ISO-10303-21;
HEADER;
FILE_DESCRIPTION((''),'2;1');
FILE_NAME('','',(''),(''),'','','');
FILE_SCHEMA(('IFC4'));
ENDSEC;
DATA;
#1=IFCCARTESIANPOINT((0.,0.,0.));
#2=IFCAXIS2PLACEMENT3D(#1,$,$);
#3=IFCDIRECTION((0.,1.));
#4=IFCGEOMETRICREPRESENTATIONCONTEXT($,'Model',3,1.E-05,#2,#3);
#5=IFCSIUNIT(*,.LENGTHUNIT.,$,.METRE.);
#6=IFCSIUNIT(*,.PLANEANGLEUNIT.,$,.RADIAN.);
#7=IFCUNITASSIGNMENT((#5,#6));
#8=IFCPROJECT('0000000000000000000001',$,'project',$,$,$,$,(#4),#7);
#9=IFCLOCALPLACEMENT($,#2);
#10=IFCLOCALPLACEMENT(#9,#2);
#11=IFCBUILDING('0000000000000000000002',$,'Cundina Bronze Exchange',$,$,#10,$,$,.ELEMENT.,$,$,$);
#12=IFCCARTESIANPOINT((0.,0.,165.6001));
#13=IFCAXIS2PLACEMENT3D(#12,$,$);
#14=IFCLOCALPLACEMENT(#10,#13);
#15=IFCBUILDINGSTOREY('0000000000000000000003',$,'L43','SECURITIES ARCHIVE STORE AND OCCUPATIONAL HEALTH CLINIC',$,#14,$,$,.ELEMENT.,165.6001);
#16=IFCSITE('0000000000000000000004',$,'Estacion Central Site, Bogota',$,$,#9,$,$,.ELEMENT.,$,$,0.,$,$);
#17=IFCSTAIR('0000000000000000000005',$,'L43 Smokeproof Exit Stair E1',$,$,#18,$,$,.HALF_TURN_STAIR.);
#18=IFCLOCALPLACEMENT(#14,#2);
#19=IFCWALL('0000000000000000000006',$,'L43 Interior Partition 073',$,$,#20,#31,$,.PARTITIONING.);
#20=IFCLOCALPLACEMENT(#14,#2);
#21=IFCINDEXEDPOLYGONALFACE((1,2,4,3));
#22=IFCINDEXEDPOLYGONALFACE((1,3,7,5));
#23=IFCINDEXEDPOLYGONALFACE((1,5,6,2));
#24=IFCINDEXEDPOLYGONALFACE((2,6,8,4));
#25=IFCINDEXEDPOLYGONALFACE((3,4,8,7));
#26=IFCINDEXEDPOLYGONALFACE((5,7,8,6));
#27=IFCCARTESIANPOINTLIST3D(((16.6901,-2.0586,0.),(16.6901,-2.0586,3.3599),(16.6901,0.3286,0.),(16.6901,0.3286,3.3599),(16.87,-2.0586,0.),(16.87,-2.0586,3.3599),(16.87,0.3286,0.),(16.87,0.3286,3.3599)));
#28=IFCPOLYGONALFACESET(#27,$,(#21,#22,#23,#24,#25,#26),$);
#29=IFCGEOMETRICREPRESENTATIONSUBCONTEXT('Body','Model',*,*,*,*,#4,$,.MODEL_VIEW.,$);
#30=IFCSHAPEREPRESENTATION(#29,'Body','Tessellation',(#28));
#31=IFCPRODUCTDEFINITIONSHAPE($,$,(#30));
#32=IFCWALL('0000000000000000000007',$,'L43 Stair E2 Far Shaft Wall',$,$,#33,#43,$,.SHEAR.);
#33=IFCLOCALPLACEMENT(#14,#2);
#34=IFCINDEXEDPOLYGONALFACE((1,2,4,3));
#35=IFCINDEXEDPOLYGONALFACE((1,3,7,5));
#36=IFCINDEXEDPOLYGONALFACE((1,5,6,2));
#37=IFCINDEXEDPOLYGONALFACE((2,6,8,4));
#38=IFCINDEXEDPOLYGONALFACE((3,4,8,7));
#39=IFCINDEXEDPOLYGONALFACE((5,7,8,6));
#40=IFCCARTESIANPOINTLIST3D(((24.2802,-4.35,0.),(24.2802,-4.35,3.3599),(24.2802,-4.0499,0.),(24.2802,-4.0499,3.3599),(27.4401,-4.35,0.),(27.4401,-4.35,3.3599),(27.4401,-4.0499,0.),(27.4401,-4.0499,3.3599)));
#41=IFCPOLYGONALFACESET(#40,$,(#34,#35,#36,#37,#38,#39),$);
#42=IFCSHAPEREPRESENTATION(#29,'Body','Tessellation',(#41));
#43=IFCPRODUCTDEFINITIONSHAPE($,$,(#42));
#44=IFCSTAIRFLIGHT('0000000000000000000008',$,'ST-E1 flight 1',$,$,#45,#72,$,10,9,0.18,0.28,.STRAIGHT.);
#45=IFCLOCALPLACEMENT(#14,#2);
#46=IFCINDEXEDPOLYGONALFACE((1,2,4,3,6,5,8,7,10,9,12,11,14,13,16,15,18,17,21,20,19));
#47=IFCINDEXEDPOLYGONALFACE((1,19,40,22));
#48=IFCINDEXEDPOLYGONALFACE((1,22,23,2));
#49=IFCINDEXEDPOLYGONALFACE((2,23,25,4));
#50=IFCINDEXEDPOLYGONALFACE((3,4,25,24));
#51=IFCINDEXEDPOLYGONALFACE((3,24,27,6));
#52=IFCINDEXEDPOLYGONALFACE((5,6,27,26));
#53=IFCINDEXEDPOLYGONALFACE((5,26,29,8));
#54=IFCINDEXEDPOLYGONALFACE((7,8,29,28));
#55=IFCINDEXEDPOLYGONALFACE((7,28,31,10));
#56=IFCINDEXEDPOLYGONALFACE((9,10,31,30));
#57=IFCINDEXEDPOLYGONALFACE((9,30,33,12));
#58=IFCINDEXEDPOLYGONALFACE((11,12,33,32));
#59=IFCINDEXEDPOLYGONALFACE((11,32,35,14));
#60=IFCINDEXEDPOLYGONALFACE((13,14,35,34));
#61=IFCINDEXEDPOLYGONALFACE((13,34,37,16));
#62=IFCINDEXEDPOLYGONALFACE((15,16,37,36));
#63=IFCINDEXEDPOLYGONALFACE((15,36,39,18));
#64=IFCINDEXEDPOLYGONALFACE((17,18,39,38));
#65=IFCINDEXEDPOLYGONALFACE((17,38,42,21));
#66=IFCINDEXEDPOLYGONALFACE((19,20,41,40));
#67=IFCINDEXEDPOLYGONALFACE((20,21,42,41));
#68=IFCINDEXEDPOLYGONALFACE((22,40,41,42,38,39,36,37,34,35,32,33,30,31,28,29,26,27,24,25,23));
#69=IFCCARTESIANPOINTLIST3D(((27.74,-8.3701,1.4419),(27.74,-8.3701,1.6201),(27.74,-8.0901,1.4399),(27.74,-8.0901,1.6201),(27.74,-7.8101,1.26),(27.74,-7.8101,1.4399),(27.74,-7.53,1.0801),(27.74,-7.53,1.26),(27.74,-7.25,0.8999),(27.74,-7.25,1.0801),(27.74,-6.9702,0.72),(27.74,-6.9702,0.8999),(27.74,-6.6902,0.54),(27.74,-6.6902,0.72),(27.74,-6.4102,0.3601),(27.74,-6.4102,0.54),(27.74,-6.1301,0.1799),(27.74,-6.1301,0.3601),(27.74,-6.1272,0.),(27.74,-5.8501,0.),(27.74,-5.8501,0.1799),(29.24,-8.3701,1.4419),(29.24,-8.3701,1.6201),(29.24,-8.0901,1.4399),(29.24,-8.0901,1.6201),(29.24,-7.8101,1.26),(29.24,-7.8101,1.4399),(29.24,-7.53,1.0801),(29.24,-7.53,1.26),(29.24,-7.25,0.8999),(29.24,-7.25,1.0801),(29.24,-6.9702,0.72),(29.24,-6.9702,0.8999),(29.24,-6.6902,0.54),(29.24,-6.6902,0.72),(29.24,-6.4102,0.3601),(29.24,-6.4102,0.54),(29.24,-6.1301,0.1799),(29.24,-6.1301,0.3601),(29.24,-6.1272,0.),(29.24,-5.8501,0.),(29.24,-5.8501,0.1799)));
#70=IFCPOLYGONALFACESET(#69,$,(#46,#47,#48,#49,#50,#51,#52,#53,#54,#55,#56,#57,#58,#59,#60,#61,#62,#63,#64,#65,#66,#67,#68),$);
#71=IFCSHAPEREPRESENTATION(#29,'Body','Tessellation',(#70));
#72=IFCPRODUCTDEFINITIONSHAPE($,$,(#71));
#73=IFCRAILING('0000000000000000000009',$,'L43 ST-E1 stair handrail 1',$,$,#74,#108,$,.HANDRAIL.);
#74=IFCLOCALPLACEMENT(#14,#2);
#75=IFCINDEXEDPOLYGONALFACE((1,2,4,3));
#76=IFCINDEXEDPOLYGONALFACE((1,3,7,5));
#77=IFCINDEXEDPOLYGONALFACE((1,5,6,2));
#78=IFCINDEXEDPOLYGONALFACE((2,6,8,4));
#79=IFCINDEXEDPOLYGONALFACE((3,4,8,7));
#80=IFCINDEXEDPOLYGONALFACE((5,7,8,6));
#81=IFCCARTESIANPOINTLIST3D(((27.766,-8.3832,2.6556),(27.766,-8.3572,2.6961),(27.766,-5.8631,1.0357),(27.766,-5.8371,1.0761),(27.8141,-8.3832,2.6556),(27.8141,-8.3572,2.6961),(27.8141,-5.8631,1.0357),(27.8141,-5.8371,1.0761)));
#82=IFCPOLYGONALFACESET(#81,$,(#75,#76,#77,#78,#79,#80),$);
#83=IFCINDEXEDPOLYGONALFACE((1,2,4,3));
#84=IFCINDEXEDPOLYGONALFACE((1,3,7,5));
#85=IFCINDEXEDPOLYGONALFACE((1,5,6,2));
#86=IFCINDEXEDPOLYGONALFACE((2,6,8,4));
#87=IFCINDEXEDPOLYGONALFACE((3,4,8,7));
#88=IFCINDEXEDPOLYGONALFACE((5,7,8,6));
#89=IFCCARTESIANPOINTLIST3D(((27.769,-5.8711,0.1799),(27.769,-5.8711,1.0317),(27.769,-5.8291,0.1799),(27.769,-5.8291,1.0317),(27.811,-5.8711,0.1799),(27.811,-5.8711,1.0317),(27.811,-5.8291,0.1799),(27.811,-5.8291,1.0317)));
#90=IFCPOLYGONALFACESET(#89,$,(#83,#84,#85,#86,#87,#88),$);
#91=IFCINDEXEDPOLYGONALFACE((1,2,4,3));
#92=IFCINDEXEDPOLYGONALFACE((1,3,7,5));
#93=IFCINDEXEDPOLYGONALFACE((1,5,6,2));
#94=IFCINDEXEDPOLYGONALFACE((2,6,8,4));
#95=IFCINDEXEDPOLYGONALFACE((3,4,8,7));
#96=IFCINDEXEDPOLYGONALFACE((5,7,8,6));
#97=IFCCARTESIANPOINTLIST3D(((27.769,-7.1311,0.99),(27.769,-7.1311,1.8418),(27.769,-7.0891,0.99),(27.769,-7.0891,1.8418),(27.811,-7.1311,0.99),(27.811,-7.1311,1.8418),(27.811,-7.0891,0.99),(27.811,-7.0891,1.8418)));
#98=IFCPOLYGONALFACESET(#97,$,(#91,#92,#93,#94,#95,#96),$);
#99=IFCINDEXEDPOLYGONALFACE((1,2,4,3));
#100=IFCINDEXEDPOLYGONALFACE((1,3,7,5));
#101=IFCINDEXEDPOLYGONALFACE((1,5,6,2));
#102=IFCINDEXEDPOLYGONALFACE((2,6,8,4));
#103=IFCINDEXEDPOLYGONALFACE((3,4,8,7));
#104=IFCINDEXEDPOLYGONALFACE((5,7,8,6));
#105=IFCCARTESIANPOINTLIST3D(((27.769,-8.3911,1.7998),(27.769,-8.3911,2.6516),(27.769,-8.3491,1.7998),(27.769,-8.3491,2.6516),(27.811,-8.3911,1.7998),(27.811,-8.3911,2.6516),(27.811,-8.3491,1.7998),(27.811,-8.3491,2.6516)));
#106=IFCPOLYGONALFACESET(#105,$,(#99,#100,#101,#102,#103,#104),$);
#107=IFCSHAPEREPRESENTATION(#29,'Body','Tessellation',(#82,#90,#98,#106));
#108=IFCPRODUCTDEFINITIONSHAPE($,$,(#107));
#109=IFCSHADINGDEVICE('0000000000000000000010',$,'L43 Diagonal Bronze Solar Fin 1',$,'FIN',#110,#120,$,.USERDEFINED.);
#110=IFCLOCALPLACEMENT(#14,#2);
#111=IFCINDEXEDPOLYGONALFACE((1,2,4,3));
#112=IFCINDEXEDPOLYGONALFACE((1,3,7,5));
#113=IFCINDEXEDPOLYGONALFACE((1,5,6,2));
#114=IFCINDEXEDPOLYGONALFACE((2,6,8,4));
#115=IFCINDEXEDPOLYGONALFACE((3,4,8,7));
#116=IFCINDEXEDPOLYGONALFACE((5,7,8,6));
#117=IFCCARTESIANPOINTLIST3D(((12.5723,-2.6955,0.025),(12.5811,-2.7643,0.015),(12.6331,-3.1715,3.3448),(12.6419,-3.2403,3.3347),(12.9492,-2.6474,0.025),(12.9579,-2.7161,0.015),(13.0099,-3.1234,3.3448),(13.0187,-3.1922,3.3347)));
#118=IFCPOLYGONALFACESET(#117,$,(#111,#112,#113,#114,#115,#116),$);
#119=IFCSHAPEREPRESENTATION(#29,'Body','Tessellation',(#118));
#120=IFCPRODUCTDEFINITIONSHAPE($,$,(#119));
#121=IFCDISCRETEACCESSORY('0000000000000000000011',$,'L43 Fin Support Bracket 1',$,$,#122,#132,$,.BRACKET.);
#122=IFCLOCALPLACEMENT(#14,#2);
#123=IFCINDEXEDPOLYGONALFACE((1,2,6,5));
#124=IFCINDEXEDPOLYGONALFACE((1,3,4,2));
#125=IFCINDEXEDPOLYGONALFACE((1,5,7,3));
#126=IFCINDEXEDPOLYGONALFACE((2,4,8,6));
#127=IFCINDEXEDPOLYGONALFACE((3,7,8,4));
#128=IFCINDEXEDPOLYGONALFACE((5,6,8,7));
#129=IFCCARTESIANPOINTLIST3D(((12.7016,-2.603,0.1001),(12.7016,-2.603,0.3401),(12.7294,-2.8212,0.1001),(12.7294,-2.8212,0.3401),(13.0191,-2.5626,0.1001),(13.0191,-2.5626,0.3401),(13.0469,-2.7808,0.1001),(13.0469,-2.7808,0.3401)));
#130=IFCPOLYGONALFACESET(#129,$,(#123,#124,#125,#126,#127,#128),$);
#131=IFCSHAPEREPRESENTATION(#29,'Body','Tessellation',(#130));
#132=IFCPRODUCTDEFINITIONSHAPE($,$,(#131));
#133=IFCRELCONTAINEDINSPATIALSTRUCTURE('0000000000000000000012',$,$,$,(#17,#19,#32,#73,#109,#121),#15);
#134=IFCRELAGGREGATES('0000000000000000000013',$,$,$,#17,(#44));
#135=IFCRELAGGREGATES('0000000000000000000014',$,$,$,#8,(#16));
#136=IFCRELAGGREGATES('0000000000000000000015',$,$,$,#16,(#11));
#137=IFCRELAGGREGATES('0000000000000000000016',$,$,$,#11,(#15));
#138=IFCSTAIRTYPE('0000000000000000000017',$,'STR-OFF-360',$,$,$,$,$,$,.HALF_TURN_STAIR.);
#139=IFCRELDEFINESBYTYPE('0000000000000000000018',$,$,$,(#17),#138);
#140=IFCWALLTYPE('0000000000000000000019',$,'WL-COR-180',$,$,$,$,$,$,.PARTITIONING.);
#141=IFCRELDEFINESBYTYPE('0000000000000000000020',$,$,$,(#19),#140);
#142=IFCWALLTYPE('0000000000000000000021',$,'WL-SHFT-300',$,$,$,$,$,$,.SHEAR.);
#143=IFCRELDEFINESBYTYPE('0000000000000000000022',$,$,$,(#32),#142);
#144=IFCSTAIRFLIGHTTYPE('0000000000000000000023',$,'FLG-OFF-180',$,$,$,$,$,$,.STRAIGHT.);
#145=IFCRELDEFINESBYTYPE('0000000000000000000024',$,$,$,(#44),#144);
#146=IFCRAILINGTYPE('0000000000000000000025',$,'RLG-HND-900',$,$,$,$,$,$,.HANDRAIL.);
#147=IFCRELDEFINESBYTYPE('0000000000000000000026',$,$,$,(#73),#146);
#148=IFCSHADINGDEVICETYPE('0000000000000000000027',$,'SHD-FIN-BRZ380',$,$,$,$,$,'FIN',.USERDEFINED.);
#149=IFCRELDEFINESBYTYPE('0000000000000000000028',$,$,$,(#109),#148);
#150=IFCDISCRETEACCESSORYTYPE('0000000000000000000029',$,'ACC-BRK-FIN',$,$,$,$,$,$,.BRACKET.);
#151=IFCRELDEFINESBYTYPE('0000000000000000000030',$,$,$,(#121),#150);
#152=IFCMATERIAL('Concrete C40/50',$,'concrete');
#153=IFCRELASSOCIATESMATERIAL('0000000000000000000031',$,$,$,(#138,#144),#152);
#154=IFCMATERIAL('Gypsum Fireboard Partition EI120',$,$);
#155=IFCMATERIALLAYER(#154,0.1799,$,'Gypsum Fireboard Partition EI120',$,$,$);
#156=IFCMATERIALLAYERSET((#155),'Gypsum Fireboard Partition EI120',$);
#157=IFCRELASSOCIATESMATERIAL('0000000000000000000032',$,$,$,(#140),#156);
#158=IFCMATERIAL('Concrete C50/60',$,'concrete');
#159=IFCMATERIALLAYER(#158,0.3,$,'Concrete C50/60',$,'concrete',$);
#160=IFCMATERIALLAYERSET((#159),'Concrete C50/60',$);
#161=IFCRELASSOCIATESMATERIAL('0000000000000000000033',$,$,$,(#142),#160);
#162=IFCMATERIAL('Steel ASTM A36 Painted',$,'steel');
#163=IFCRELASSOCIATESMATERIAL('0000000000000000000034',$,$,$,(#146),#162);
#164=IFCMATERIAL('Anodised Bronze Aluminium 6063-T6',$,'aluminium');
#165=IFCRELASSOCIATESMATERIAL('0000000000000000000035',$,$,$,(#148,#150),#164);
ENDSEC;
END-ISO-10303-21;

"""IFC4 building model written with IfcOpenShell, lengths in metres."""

from ifc_helpers import new_model, si_unit, direction, frame, frame_2d, origin, origin_2d, place, context, subcontext, project, spatial, polyline, rectangle, outline, extrude, material, layer, layer_set, material_profile, profile_set, type_object, element, aggregate, save


model = new_model("IFC4")

# Units and contexts
model_context = context("Model", 3, precision=1e-05, world=origin(), true_north=direction((0.0, 1.0)))
body_context = subcontext(model_context, "Body", "Model", "MODEL_VIEW")
ifc_project = project(units=[si_unit("LENGTHUNIT", "METRE"), si_unit("PLANEANGLEUNIT", "RADIAN")], contexts=[model_context])

# Site, building, storey
site_placement = place(None, origin())
site = spatial("IfcSite", under=ifc_project, at=site_placement, Name="Estacion Central Site, Bogota", CompositionType="ELEMENT", RefElevation=0.0)
building_placement = place(site_placement, origin())
building = spatial("IfcBuilding", under=site, at=building_placement, Name="Cundina Bronze Exchange", CompositionType="ELEMENT")
storey_placement = place(building_placement, frame((0.0, 0.0, 165.6001)))
storey = spatial("IfcBuildingStorey", under=building, at=storey_placement, Name="L43", Description="SECURITIES ARCHIVE STORE AND OCCUPATIONAL HEALTH CLINIC", CompositionType="ELEMENT", Elevation=165.6001)

# Shared definitions
ifc_material_1 = material(Name="Concrete C50/60", Category="concrete")

# Shared definitions
ifc_material_2 = material(Name="Anodised Bronze Aluminium 6063-T6", Category="aluminium")

# Stair
ifc_material_3 = material(Name="Concrete C40/50", Category="concrete")
stair_type = type_object("IfcStairType", Name="STR-OFF-360", PredefinedType="HALF_TURN_STAIR", material=ifc_material_3)
stair_1_placement = place(storey_placement, origin())
stair_1 = element("IfcStair", 1, at=stair_1_placement, inside=storey, type_object=stair_type, Name="L43 Smokeproof Exit Stair E1", PredefinedType="HALF_TURN_STAIR")

# Shared definitions
ifc_material_4 = material(Name="Gypsum Fireboard Partition EI120")
ifc_layer_1 = layer(ifc_material_4, 0.1799, Name="Gypsum Fireboard Partition EI120")
ifc_layer_set_1 = layer_set([ifc_layer_1], Name="Gypsum Fireboard Partition EI120")
wall_type_1 = type_object("IfcWallType", Name="WL-COR-180", PredefinedType="PARTITIONING", material=ifc_layer_set_1)
ifc_material_5 = material(Name="Steel ASTM A36 Painted", Category="steel")

# Wall
wall_1_placement = place(storey_placement, frame((16.78, 0.3286, 0.0), z_axis=(0.0, 0.0, 1.0), x_axis=(0.0, -1.0, 0.0)))
element("IfcWall", 2, at=wall_1_placement, inside=storey, type_object=wall_type_1, Name="L43 Interior Partition 073", PredefinedType="PARTITIONING", context=body_context, shape_type="SweptSolid", body=[
    extrude(rectangle(XDim=2.3872, YDim=0.1799, at=frame_2d((1.1936, 0.0))), origin(), (0.0, 0.0, 1.0), 3.3599),
])

# Shared definitions
ifc_layer_2 = layer(ifc_material_1, 0.3, Name="Concrete C50/60", Category="concrete")
ifc_layer_set_2 = layer_set([ifc_layer_2], Name="Concrete C50/60")
wall_type_2 = type_object("IfcWallType", Name="WL-SHFT-300", PredefinedType="SHEAR", material=ifc_layer_set_2)

# Wall
wall_2_placement = place(storey_placement, frame((24.28, -4.2, 0.0), z_axis=(0.0, 0.0, 1.0), x_axis=(1.0, 0.0, 0.0)))
element("IfcWall", 3, at=wall_2_placement, inside=storey, type_object=wall_type_2, Name="L43 Stair E2 Far Shaft Wall", PredefinedType="SHEAR", context=body_context, shape_type="SweptSolid", body=[
    extrude(rectangle(XDim=3.1599, YDim=0.3, at=frame_2d((1.5801, 0.0))), origin(), (0.0, 0.0, 1.0), 3.3599),
])

# Stair flight
stair_flight_type = type_object("IfcStairFlightType", Name="FLG-OFF-180", PredefinedType="STRAIGHT", material=ifc_material_3)
stair_flight_placement = place(storey_placement, frame((28.49, -5.8501, 0.0), z_axis=(0.0, 0.0, 1.0), x_axis=(0.0, -1.0, 0.0)))
stair_flight = element("IfcStairFlight", 4, at=stair_flight_placement, type_object=stair_flight_type, Name="ST-E1 flight 1", NumberOfRisers=10, NumberOfTreads=9, PredefinedType="STRAIGHT", RiserHeight=0.18, TreadLength=0.28, context=body_context, shape_type="SweptSolid", body=[
    extrude(outline(polyline([(0.0, 0.0), (0.0, 0.1799), (0.28, 0.1799), (0.28, 0.3601), (0.5601, 0.3601), (0.5601, 0.54), (0.8401, 0.54), (0.8401, 0.72), (1.1201, 0.72), (1.1201, 0.8999), (1.3999, 0.8999), (1.3999, 1.0801), (1.6799, 1.0801), (1.6799, 1.26), (1.96, 1.26), (1.96, 1.4399), (2.24, 1.4399), (2.24, 1.6201), (2.52, 1.6201), (2.52, 1.8), (2.52, 1.4419), (0.2771, 0.0), (0.0, 0.0)])), frame((0.0, 0.75, 0.0), z_axis=(0.0, -1.0, 0.0), x_axis=(1.0, 0.0, 0.0)), (0.0, 0.0, 1.0), 1.5),
])
aggregate(stair_1, [stair_flight])

# Railing
railing_type = type_object("IfcRailingType", Name="RLG-HND-900", PredefinedType="HANDRAIL", material=ifc_material_5)
railing_placement = place(storey_placement, frame((27.79, -5.8501, 0.1799)))
element("IfcRailing", 5, at=railing_placement, inside=storey, type_object=railing_type, Name="L43 ST-E1 stair handrail 1", PredefinedType="HANDRAIL", context=body_context, shape_type="SweptSolid", body=[
    extrude(rectangle(XDim=0.0481, YDim=0.0481, at=origin_2d()), frame((0.0, 0.0, 0.876), z_axis=(0.0, -0.8412, 0.540725), x_axis=(1.0, 0.0, 0.0)), (0.0, 0.0, 1.0), 2.9958),
    extrude(rectangle(XDim=0.042, YDim=0.042, at=origin_2d()), origin(), (0.0, 0.0, 1.0), 0.8518),
    extrude(rectangle(XDim=0.042, YDim=0.042, at=origin_2d()), frame((0.0, -1.26, 0.8101)), (0.0, 0.0, 1.0), 0.8518),
    extrude(rectangle(XDim=0.042, YDim=0.042, at=origin_2d()), frame((0.0, -2.52, 1.6199)), (0.0, 0.0, 1.0), 0.8518),
])

# Shading device
ifc_material_profile_1 = material_profile(ifc_material_2, rectangle(XDim=0.0701, YDim=0.3799, at=origin_2d()), Name="FIN70X380", Category="aluminium")
ifc_profile_set_1 = profile_set([ifc_material_profile_1], Name="Anodised Bronze Aluminium 6063-T6")
shading_device_type = type_object("IfcShadingDeviceType", Name="SHD-FIN-BRZ380", ElementType="FIN", PredefinedType="USERDEFINED", material=ifc_profile_set_1)
shading_device_placement = place(storey_placement, frame((12.7651, -2.7058, 0.02), z_axis=(0.018123, -0.141928, 0.989711), x_axis=(-0.125361, 0.98174, 0.14308)))
element("IfcShadingDevice", 6, at=shading_device_placement, inside=storey, type_object=shading_device_type, Name="L43 Diagonal Bronze Solar Fin 1", ObjectType="FIN", PredefinedType="USERDEFINED", context=body_context, shape_type="SweptSolid", body=[
    extrude(rectangle(XDim=0.0701, YDim=0.3799, at=origin_2d()), origin(), (0.0, 0.0, 1.0), 3.3542),
])

# Discrete accessory
discrete_accessory_type = type_object("IfcDiscreteAccessoryType", Name="ACC-BRK-FIN", PredefinedType="BRACKET", material=ifc_material_2)
discrete_accessory_placement = place(storey_placement, frame((12.8743, -2.6919, 0.1001), z_axis=(0.0, 0.0, 1.0), x_axis=(0.126476, -0.99197, 0.0)))
element("IfcDiscreteAccessory", 7, at=discrete_accessory_placement, inside=storey, type_object=discrete_accessory_type, Name="L43 Fin Support Bracket 1", PredefinedType="BRACKET", context=body_context, shape_type="SweptSolid", body=[
    extrude(rectangle(XDim=0.22, YDim=0.3201, at=origin_2d()), origin(), (0.0, 0.0, 1.0), 0.24),
])

save(model, "model.ifc")
